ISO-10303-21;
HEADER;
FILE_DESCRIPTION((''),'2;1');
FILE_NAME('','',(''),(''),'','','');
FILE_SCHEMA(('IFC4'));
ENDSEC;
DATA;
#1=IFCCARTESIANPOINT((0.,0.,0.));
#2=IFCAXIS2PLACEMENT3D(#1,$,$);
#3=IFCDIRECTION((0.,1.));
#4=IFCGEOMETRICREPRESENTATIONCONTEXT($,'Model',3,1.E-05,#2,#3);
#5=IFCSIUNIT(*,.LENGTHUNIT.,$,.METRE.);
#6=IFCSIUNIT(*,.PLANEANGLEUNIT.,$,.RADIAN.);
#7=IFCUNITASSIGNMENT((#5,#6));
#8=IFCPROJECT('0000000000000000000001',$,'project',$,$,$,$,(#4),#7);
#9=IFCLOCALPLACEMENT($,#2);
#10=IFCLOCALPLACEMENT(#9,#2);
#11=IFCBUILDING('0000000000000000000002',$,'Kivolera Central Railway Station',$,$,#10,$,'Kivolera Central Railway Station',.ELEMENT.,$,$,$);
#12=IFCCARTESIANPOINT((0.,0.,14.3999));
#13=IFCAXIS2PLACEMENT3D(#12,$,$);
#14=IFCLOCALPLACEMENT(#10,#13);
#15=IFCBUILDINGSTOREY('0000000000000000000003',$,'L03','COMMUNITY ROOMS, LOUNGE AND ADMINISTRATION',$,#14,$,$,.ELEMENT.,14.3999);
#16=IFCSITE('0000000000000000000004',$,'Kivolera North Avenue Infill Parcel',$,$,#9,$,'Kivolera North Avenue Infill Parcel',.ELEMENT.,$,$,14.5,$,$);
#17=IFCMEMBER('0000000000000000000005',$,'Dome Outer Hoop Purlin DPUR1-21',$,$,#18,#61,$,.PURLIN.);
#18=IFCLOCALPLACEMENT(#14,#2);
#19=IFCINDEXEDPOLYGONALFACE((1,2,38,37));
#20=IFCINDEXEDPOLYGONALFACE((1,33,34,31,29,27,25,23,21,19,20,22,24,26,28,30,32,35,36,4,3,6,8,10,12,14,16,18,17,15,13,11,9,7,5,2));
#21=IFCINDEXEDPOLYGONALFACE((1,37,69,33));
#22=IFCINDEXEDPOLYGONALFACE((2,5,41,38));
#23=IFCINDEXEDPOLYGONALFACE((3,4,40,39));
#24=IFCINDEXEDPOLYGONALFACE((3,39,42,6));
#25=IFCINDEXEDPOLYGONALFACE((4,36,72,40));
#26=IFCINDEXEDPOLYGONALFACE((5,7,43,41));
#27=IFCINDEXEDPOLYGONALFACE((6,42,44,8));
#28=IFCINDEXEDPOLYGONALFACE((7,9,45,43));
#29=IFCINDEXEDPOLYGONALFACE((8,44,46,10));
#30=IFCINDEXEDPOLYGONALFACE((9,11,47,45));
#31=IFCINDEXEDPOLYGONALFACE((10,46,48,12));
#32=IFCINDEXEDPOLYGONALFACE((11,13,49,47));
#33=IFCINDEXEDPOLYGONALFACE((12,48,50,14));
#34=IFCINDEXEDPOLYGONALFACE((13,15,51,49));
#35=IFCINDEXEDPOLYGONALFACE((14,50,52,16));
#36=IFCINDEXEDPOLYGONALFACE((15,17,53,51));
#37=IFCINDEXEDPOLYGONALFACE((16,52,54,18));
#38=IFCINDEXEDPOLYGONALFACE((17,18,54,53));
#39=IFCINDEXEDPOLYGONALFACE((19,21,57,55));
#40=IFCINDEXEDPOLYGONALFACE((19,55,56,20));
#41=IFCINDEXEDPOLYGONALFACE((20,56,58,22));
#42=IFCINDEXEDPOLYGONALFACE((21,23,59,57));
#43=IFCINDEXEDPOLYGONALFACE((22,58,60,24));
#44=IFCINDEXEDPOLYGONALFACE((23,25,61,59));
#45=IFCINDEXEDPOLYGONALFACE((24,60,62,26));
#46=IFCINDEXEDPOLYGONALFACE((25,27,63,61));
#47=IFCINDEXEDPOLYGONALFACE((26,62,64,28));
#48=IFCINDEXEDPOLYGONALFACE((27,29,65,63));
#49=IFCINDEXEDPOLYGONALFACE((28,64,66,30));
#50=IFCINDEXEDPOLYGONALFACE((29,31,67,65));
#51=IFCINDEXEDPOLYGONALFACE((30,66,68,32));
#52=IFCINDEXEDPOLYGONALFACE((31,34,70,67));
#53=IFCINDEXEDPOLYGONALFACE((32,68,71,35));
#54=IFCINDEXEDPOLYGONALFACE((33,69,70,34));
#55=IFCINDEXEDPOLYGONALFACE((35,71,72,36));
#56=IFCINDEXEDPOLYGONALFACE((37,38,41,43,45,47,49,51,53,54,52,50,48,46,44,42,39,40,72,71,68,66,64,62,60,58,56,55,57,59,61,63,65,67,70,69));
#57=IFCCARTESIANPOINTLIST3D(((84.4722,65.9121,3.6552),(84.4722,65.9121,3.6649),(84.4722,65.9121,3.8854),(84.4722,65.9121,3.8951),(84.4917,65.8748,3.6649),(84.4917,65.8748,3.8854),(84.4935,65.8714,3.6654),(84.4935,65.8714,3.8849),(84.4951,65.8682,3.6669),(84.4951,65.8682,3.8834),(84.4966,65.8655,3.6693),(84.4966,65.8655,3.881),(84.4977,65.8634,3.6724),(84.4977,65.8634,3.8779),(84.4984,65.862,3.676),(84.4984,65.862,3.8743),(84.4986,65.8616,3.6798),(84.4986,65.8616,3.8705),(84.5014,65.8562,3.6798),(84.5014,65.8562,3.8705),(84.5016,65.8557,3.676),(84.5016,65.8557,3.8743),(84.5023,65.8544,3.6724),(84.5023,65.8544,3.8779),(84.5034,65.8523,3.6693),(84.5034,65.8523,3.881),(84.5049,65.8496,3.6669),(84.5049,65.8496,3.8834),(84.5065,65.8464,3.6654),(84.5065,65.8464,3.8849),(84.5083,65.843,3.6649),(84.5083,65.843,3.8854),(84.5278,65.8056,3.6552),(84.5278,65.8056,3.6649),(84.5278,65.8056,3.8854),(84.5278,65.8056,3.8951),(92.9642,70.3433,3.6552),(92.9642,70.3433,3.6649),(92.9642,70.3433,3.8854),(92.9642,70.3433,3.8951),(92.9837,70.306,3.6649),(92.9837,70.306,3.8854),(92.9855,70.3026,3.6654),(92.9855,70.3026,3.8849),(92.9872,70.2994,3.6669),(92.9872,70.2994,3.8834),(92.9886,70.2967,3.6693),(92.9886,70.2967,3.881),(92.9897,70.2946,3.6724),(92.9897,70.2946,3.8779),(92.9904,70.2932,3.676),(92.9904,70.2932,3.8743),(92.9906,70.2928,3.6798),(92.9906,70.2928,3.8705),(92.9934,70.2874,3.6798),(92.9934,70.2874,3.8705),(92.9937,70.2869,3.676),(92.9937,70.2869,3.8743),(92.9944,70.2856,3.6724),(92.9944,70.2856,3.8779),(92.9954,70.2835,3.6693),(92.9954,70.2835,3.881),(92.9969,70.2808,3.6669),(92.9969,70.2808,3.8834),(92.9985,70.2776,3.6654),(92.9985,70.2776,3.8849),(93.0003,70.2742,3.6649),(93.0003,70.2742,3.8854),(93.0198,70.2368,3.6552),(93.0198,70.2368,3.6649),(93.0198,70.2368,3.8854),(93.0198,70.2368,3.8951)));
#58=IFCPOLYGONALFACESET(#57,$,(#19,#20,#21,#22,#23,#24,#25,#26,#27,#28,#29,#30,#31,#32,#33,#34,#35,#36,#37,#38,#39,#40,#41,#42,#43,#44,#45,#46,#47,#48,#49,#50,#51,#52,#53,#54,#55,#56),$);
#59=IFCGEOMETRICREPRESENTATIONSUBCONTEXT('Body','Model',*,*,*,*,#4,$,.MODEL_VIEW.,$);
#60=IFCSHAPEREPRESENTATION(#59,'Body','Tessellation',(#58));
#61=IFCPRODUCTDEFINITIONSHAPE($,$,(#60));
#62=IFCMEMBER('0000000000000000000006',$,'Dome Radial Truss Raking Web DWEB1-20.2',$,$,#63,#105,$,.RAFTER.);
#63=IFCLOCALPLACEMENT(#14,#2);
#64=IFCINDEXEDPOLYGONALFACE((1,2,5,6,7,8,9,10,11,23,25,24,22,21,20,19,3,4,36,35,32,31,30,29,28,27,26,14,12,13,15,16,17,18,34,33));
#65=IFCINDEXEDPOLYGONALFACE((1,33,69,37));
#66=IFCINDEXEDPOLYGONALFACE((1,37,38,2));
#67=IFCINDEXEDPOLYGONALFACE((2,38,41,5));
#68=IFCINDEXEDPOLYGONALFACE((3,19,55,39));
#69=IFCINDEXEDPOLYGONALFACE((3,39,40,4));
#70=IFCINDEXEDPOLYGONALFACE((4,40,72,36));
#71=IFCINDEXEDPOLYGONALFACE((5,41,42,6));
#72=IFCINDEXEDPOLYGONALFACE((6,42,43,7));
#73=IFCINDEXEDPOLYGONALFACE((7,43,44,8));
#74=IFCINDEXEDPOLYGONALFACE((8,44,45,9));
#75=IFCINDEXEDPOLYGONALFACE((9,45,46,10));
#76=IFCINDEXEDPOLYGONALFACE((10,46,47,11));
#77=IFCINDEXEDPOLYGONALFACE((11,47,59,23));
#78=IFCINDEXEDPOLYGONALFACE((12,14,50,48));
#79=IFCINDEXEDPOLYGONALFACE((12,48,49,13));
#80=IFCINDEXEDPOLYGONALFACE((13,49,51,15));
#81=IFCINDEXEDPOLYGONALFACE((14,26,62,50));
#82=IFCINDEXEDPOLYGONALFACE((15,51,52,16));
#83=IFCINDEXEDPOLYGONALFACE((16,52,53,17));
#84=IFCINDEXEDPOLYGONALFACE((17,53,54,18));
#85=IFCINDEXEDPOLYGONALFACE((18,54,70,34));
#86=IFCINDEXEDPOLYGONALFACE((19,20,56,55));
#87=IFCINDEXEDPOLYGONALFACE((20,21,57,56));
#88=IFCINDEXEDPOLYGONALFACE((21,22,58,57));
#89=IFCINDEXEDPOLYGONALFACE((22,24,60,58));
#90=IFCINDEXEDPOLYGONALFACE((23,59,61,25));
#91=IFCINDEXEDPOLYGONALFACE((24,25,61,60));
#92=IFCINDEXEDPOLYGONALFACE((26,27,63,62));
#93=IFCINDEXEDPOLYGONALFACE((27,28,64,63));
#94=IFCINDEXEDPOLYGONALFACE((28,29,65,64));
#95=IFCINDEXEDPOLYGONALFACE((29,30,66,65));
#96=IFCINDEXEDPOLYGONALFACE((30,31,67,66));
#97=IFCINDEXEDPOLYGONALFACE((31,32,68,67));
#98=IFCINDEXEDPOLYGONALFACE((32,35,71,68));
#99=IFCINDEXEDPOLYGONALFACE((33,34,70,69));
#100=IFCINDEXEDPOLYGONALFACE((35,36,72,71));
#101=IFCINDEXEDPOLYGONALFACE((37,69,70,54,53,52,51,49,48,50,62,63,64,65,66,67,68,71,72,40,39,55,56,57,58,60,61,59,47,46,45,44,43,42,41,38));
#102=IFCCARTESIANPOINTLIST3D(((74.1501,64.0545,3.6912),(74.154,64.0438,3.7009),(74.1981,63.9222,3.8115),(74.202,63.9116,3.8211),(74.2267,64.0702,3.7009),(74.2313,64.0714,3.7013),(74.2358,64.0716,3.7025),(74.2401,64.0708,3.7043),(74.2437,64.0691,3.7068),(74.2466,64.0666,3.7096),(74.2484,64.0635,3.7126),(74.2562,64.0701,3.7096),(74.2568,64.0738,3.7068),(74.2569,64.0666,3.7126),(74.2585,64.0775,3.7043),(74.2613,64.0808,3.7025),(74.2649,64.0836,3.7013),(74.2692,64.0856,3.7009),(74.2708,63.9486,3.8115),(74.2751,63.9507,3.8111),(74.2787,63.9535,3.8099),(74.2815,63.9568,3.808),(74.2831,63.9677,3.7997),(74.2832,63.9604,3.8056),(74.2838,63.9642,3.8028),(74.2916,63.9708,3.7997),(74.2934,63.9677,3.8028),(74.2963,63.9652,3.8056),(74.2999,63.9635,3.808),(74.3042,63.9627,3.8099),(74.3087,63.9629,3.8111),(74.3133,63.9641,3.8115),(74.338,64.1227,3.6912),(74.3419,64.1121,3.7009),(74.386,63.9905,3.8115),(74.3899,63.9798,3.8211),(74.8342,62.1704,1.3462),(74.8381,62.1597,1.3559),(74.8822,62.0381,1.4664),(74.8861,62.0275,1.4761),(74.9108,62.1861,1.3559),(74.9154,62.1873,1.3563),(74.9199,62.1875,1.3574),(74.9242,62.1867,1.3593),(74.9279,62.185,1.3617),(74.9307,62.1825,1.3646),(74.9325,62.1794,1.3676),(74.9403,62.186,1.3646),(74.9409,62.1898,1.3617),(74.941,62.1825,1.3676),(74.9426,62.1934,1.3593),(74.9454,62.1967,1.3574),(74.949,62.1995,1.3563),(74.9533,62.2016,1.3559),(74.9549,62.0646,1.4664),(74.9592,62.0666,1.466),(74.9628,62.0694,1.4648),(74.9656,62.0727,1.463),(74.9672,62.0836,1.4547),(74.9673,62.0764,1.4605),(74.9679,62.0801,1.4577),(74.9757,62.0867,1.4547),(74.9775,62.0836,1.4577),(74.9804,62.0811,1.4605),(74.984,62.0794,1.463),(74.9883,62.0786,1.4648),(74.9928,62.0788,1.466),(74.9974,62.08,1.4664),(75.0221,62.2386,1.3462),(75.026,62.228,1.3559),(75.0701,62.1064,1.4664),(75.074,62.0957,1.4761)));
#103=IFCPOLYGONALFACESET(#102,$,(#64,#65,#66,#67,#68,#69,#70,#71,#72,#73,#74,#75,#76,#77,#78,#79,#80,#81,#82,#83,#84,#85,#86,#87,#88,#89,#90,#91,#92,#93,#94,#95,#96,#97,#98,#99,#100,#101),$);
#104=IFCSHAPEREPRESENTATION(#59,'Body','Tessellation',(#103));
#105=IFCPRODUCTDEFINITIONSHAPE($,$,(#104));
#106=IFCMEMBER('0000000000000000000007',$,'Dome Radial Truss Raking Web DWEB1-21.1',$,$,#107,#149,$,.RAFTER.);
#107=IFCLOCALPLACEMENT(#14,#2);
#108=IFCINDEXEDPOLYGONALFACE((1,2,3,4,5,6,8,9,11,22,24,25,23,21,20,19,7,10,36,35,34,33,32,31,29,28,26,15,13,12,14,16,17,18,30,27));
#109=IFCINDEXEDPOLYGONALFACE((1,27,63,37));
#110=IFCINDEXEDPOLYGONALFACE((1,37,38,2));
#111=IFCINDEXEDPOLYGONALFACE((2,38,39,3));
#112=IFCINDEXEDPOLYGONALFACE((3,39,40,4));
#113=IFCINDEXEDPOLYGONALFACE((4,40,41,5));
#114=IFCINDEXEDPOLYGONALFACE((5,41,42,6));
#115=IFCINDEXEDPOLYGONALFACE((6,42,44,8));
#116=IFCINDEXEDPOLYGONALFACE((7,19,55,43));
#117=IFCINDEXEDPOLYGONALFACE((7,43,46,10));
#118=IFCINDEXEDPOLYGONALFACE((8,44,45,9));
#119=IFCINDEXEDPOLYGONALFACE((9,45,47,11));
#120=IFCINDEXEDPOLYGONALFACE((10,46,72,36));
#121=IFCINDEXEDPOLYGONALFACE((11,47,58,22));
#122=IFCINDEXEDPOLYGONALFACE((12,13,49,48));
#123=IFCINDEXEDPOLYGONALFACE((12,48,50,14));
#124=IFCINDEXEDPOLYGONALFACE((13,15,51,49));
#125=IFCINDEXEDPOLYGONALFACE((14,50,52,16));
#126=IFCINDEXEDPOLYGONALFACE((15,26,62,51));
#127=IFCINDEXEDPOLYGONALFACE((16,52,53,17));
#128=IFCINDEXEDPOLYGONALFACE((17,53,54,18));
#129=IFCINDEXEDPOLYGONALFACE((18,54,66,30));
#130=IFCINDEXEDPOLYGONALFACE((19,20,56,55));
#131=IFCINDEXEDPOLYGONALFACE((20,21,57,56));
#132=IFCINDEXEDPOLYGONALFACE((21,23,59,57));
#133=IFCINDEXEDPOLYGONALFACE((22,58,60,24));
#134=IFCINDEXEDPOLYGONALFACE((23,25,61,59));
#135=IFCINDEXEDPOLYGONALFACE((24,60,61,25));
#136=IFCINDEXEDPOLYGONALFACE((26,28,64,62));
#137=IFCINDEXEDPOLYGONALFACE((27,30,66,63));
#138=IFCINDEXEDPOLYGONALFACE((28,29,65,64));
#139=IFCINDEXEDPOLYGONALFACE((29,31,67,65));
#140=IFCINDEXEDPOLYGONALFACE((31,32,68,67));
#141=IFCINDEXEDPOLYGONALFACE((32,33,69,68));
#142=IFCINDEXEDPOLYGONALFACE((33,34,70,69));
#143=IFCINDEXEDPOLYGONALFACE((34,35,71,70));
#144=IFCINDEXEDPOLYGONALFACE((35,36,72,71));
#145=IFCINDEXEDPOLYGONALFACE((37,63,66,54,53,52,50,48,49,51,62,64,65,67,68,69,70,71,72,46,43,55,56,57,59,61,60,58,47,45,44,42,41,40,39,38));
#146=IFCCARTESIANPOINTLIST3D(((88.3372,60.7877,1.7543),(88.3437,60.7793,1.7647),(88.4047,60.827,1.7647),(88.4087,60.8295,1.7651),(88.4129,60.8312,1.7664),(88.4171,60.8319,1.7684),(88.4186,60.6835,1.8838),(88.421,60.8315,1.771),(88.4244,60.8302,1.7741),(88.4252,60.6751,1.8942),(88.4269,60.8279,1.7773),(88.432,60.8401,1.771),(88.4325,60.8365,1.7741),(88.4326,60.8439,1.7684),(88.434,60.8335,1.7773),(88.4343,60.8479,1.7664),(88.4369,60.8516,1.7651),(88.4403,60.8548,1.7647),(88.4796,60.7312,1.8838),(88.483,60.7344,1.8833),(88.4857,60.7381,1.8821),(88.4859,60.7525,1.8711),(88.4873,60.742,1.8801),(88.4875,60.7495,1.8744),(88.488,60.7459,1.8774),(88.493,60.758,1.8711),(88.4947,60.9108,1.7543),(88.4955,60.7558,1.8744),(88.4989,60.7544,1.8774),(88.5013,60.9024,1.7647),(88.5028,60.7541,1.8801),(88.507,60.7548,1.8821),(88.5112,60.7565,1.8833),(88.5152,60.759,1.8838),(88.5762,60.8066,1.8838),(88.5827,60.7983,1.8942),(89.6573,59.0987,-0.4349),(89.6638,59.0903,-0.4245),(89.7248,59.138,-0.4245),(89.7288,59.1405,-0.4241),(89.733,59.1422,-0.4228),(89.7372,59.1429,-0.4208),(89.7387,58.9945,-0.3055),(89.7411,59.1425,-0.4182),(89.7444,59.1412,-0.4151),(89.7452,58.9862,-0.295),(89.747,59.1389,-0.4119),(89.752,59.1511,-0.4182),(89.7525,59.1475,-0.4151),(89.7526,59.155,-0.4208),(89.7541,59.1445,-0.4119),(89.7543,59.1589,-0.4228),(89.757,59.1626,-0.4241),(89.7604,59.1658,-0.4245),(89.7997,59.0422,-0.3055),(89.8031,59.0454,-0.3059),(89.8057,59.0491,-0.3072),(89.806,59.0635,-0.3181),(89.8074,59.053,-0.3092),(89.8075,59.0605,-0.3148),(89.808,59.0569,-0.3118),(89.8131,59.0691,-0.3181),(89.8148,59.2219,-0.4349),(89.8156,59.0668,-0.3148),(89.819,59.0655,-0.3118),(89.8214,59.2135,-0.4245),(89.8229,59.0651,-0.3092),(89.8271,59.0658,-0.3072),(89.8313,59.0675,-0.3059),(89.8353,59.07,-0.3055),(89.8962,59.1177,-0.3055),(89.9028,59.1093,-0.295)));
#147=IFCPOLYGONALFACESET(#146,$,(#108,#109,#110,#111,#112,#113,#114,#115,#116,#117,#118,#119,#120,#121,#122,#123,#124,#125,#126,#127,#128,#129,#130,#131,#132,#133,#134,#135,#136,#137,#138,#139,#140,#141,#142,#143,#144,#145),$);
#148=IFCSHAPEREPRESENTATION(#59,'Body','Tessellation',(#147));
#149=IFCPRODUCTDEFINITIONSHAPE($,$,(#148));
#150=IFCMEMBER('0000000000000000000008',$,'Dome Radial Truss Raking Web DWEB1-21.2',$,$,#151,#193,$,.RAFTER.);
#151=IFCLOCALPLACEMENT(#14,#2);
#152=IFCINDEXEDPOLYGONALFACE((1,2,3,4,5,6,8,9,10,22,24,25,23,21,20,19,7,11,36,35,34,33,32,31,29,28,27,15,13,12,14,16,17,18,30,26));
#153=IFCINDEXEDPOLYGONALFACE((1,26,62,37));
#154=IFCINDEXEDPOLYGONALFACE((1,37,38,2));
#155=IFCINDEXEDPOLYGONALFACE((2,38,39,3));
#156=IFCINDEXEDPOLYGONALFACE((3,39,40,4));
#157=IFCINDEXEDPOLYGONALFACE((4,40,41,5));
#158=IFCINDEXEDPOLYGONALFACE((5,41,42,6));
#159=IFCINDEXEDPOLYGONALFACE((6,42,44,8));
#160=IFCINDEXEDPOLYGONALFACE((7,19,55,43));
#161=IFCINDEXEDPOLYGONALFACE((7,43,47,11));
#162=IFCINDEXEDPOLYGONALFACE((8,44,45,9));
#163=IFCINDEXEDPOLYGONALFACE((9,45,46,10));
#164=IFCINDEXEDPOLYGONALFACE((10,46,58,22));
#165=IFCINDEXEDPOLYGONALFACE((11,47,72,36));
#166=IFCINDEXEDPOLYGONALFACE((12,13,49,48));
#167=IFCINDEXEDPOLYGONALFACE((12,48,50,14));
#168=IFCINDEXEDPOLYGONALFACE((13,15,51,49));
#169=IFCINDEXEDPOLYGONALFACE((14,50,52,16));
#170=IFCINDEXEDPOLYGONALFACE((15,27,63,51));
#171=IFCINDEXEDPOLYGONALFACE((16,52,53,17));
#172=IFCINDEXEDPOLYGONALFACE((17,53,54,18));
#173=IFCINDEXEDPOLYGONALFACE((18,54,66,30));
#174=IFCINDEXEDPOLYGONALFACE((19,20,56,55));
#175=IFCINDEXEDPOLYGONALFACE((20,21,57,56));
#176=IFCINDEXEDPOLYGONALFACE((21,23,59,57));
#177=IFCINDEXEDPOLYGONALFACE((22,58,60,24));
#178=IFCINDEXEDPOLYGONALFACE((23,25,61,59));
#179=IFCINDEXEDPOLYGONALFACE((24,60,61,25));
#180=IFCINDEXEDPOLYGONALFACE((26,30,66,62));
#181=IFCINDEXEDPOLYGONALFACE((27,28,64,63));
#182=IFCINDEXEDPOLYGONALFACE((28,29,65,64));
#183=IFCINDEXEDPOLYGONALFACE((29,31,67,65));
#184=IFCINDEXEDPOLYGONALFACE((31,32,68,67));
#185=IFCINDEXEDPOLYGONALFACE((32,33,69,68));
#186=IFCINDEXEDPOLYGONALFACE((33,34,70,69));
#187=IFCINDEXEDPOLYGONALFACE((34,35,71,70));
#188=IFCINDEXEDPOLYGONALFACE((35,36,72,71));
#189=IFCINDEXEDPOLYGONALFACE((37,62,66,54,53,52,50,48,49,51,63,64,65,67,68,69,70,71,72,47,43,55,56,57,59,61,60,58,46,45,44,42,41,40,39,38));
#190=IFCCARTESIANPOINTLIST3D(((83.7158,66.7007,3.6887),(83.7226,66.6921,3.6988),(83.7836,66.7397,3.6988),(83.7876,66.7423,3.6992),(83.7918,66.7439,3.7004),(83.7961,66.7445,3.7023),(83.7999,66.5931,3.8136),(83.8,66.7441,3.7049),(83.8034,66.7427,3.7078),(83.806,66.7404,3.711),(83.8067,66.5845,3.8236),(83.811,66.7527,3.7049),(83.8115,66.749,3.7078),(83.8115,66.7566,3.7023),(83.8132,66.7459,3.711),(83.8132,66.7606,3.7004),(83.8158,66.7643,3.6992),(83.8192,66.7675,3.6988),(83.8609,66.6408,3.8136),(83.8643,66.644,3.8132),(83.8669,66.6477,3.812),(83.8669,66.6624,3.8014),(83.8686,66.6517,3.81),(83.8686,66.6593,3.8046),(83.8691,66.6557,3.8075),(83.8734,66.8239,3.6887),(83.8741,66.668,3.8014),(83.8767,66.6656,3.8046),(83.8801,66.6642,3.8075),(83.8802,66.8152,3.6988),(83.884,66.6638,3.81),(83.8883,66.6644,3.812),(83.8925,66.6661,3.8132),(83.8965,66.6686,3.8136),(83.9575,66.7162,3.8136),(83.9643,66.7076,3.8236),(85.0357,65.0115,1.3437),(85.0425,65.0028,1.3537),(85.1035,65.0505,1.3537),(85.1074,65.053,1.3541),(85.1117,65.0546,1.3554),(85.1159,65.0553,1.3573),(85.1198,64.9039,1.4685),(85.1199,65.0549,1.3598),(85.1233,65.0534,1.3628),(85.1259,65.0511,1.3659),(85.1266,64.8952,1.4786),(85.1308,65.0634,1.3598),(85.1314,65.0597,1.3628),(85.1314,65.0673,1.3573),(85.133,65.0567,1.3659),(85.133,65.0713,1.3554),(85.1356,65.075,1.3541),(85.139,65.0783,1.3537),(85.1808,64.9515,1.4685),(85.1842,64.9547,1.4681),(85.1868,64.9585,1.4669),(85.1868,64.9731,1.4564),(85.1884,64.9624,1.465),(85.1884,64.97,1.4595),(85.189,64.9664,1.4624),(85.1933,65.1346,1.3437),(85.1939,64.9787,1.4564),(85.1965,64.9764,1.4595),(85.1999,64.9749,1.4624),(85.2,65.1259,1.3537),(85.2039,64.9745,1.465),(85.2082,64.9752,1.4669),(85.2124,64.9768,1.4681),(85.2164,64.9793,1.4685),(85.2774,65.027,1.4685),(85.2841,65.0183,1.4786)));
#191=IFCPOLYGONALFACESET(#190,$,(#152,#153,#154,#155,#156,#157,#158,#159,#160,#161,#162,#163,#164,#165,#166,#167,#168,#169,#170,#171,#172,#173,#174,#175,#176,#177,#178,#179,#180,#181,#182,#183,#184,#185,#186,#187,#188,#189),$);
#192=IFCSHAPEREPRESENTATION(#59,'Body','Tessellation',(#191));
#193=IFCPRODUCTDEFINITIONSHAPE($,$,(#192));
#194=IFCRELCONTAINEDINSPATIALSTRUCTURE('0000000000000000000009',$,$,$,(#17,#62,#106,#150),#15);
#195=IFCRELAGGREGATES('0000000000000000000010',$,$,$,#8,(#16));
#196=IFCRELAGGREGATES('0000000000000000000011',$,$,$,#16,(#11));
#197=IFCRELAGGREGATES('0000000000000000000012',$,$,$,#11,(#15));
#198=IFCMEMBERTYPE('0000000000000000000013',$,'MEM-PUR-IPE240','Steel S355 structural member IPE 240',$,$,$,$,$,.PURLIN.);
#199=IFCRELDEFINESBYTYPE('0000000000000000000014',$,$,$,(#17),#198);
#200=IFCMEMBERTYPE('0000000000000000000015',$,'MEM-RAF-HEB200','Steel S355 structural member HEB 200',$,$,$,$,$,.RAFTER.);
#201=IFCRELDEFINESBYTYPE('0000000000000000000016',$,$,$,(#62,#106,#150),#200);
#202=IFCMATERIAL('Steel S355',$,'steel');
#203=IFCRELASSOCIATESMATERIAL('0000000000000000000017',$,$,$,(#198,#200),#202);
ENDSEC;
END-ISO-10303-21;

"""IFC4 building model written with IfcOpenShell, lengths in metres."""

from ifc_helpers import new_model, si_unit, direction, frame, origin, origin_2d, place, context, subcontext, project, spatial, i_section, extrude, material, material_profile, profile_set, type_object, element, save


model = new_model("IFC4")

# Units and contexts
model_context = context("Model", 3, precision=1e-05, world=origin(), true_north=direction((0.0, 1.0)))
body_context = subcontext(model_context, "Body", "Model", "MODEL_VIEW")
ifc_project = project(units=[si_unit("LENGTHUNIT", "METRE"), si_unit("PLANEANGLEUNIT", "RADIAN")], contexts=[model_context])

# Site, building, storey
site_placement = place(None, origin())
site = spatial("IfcSite", under=ifc_project, at=site_placement, Name="Kivolera North Avenue Infill Parcel", LongName="Kivolera North Avenue Infill Parcel", CompositionType="ELEMENT", RefElevation=14.5)
building_placement = place(site_placement, origin())
building = spatial("IfcBuilding", under=site, at=building_placement, Name="Kivolera Central Railway Station", LongName="Kivolera Central Railway Station", CompositionType="ELEMENT")
storey_placement = place(building_placement, frame((0.0, 0.0, 14.3999)))
storey = spatial("IfcBuildingStorey", under=building, at=storey_placement, Name="L03", Description="COMMUNITY ROOMS, LOUNGE AND ADMINISTRATION", CompositionType="ELEMENT", Elevation=14.3999)

# Shared definitions
ifc_material_1 = material(Name="Steel S355", Category="steel")

# Members
ifc_material_profile_1 = material_profile(ifc_material_1, i_section(OverallWidth=0.1201, OverallDepth=0.24, WebThickness=0.0061, FlangeThickness=0.0098, FilletRadius=0.0149, at=origin_2d()), Name="IPE 240")
ifc_profile_set_1 = profile_set([ifc_material_profile_1], Name="Steel S355")
member_type_1 = type_object("IfcMemberType", Name="MEM-PUR-IPE240", Description="Steel S355 structural member IPE 240", PredefinedType="PURLIN", material=ifc_profile_set_1)
member_1_placement = place(storey_placement, frame((84.5, 65.8589, 3.7751), z_axis=(0.88656, 0.462613, 0.0), x_axis=(-0.462613, 0.88656, 0.0)))
element("IfcMember", 1, at=member_1_placement, inside=storey, type_object=member_type_1, Name="Dome Outer Hoop Purlin DPUR1-21", PredefinedType="PURLIN", context=body_context, shape_type="SweptSolid", body=[
    extrude(i_section(OverallWidth=0.1201, OverallDepth=0.24, WebThickness=0.0061, FlangeThickness=0.0098, FilletRadius=0.0149, at=origin_2d()), origin(), (0.0, 0.0, 1.0), 9.5786),
])
ifc_material_profile_2 = material_profile(ifc_material_1, i_section(OverallWidth=0.2, OverallDepth=0.2, WebThickness=0.009, FlangeThickness=0.0149, FilletRadius=0.0181, at=origin_2d()), Name="HEB 200")
ifc_profile_set_2 = profile_set([ifc_material_profile_2], Name="Steel S355")
member_type_2 = type_object("IfcMemberType", Name="MEM-RAF-HEB200", Description="Steel S355 structural member HEB 200", PredefinedType="RAFTER", material=ifc_profile_set_2)
member_2_placement = place(storey_placement, frame((74.9541, 62.1331, 1.4111), z_axis=(-0.221754, 0.610733, 0.760152), x_axis=(-0.939957, -0.341293, 0.0)))
element("IfcMember", 2, at=member_2_placement, inside=storey, type_object=member_type_2, Name="Dome Radial Truss Raking Web DWEB1-20.2", PredefinedType="RAFTER", context=body_context, shape_type="SweptSolid", body=[
    extrude(i_section(OverallWidth=0.2, OverallDepth=0.2, WebThickness=0.009, FlangeThickness=0.0149, FilletRadius=0.0181, at=origin_2d()), origin(), (0.0, 0.0, 1.0), 3.085),
])
member_3_placement = place(storey_placement, frame((89.78, 59.104, -0.365), z_axis=(-0.430838, 0.551237, 0.714504), x_axis=(-0.787897, -0.615808, 0.0)))
element("IfcMember", 3, at=member_3_placement, inside=storey, type_object=member_type_2, Name="Dome Radial Truss Raking Web DWEB1-21.1", PredefinedType="RAFTER", context=body_context, shape_type="SweptSolid", body=[
    extrude(i_section(OverallWidth=0.2, OverallDepth=0.2, WebThickness=0.009, FlangeThickness=0.0149, FilletRadius=0.0181, at=origin_2d()), origin(), (0.0, 0.0, 1.0), 3.064),
])
member_4_placement = place(storey_placement, frame((85.1599, 65.0149, 1.4111), z_axis=(-0.415412, 0.531675, 0.738075), x_axis=(-0.787995, -0.615682, 0.0)))
element("IfcMember", 4, at=member_4_placement, inside=storey, type_object=member_type_2, Name="Dome Radial Truss Raking Web DWEB1-21.2", PredefinedType="RAFTER", context=body_context, shape_type="SweptSolid", body=[
    extrude(i_section(OverallWidth=0.2, OverallDepth=0.2, WebThickness=0.009, FlangeThickness=0.0149, FilletRadius=0.0181, at=origin_2d()), origin(), (0.0, 0.0, 1.0), 3.1772),
])

save(model, "model.ifc")
